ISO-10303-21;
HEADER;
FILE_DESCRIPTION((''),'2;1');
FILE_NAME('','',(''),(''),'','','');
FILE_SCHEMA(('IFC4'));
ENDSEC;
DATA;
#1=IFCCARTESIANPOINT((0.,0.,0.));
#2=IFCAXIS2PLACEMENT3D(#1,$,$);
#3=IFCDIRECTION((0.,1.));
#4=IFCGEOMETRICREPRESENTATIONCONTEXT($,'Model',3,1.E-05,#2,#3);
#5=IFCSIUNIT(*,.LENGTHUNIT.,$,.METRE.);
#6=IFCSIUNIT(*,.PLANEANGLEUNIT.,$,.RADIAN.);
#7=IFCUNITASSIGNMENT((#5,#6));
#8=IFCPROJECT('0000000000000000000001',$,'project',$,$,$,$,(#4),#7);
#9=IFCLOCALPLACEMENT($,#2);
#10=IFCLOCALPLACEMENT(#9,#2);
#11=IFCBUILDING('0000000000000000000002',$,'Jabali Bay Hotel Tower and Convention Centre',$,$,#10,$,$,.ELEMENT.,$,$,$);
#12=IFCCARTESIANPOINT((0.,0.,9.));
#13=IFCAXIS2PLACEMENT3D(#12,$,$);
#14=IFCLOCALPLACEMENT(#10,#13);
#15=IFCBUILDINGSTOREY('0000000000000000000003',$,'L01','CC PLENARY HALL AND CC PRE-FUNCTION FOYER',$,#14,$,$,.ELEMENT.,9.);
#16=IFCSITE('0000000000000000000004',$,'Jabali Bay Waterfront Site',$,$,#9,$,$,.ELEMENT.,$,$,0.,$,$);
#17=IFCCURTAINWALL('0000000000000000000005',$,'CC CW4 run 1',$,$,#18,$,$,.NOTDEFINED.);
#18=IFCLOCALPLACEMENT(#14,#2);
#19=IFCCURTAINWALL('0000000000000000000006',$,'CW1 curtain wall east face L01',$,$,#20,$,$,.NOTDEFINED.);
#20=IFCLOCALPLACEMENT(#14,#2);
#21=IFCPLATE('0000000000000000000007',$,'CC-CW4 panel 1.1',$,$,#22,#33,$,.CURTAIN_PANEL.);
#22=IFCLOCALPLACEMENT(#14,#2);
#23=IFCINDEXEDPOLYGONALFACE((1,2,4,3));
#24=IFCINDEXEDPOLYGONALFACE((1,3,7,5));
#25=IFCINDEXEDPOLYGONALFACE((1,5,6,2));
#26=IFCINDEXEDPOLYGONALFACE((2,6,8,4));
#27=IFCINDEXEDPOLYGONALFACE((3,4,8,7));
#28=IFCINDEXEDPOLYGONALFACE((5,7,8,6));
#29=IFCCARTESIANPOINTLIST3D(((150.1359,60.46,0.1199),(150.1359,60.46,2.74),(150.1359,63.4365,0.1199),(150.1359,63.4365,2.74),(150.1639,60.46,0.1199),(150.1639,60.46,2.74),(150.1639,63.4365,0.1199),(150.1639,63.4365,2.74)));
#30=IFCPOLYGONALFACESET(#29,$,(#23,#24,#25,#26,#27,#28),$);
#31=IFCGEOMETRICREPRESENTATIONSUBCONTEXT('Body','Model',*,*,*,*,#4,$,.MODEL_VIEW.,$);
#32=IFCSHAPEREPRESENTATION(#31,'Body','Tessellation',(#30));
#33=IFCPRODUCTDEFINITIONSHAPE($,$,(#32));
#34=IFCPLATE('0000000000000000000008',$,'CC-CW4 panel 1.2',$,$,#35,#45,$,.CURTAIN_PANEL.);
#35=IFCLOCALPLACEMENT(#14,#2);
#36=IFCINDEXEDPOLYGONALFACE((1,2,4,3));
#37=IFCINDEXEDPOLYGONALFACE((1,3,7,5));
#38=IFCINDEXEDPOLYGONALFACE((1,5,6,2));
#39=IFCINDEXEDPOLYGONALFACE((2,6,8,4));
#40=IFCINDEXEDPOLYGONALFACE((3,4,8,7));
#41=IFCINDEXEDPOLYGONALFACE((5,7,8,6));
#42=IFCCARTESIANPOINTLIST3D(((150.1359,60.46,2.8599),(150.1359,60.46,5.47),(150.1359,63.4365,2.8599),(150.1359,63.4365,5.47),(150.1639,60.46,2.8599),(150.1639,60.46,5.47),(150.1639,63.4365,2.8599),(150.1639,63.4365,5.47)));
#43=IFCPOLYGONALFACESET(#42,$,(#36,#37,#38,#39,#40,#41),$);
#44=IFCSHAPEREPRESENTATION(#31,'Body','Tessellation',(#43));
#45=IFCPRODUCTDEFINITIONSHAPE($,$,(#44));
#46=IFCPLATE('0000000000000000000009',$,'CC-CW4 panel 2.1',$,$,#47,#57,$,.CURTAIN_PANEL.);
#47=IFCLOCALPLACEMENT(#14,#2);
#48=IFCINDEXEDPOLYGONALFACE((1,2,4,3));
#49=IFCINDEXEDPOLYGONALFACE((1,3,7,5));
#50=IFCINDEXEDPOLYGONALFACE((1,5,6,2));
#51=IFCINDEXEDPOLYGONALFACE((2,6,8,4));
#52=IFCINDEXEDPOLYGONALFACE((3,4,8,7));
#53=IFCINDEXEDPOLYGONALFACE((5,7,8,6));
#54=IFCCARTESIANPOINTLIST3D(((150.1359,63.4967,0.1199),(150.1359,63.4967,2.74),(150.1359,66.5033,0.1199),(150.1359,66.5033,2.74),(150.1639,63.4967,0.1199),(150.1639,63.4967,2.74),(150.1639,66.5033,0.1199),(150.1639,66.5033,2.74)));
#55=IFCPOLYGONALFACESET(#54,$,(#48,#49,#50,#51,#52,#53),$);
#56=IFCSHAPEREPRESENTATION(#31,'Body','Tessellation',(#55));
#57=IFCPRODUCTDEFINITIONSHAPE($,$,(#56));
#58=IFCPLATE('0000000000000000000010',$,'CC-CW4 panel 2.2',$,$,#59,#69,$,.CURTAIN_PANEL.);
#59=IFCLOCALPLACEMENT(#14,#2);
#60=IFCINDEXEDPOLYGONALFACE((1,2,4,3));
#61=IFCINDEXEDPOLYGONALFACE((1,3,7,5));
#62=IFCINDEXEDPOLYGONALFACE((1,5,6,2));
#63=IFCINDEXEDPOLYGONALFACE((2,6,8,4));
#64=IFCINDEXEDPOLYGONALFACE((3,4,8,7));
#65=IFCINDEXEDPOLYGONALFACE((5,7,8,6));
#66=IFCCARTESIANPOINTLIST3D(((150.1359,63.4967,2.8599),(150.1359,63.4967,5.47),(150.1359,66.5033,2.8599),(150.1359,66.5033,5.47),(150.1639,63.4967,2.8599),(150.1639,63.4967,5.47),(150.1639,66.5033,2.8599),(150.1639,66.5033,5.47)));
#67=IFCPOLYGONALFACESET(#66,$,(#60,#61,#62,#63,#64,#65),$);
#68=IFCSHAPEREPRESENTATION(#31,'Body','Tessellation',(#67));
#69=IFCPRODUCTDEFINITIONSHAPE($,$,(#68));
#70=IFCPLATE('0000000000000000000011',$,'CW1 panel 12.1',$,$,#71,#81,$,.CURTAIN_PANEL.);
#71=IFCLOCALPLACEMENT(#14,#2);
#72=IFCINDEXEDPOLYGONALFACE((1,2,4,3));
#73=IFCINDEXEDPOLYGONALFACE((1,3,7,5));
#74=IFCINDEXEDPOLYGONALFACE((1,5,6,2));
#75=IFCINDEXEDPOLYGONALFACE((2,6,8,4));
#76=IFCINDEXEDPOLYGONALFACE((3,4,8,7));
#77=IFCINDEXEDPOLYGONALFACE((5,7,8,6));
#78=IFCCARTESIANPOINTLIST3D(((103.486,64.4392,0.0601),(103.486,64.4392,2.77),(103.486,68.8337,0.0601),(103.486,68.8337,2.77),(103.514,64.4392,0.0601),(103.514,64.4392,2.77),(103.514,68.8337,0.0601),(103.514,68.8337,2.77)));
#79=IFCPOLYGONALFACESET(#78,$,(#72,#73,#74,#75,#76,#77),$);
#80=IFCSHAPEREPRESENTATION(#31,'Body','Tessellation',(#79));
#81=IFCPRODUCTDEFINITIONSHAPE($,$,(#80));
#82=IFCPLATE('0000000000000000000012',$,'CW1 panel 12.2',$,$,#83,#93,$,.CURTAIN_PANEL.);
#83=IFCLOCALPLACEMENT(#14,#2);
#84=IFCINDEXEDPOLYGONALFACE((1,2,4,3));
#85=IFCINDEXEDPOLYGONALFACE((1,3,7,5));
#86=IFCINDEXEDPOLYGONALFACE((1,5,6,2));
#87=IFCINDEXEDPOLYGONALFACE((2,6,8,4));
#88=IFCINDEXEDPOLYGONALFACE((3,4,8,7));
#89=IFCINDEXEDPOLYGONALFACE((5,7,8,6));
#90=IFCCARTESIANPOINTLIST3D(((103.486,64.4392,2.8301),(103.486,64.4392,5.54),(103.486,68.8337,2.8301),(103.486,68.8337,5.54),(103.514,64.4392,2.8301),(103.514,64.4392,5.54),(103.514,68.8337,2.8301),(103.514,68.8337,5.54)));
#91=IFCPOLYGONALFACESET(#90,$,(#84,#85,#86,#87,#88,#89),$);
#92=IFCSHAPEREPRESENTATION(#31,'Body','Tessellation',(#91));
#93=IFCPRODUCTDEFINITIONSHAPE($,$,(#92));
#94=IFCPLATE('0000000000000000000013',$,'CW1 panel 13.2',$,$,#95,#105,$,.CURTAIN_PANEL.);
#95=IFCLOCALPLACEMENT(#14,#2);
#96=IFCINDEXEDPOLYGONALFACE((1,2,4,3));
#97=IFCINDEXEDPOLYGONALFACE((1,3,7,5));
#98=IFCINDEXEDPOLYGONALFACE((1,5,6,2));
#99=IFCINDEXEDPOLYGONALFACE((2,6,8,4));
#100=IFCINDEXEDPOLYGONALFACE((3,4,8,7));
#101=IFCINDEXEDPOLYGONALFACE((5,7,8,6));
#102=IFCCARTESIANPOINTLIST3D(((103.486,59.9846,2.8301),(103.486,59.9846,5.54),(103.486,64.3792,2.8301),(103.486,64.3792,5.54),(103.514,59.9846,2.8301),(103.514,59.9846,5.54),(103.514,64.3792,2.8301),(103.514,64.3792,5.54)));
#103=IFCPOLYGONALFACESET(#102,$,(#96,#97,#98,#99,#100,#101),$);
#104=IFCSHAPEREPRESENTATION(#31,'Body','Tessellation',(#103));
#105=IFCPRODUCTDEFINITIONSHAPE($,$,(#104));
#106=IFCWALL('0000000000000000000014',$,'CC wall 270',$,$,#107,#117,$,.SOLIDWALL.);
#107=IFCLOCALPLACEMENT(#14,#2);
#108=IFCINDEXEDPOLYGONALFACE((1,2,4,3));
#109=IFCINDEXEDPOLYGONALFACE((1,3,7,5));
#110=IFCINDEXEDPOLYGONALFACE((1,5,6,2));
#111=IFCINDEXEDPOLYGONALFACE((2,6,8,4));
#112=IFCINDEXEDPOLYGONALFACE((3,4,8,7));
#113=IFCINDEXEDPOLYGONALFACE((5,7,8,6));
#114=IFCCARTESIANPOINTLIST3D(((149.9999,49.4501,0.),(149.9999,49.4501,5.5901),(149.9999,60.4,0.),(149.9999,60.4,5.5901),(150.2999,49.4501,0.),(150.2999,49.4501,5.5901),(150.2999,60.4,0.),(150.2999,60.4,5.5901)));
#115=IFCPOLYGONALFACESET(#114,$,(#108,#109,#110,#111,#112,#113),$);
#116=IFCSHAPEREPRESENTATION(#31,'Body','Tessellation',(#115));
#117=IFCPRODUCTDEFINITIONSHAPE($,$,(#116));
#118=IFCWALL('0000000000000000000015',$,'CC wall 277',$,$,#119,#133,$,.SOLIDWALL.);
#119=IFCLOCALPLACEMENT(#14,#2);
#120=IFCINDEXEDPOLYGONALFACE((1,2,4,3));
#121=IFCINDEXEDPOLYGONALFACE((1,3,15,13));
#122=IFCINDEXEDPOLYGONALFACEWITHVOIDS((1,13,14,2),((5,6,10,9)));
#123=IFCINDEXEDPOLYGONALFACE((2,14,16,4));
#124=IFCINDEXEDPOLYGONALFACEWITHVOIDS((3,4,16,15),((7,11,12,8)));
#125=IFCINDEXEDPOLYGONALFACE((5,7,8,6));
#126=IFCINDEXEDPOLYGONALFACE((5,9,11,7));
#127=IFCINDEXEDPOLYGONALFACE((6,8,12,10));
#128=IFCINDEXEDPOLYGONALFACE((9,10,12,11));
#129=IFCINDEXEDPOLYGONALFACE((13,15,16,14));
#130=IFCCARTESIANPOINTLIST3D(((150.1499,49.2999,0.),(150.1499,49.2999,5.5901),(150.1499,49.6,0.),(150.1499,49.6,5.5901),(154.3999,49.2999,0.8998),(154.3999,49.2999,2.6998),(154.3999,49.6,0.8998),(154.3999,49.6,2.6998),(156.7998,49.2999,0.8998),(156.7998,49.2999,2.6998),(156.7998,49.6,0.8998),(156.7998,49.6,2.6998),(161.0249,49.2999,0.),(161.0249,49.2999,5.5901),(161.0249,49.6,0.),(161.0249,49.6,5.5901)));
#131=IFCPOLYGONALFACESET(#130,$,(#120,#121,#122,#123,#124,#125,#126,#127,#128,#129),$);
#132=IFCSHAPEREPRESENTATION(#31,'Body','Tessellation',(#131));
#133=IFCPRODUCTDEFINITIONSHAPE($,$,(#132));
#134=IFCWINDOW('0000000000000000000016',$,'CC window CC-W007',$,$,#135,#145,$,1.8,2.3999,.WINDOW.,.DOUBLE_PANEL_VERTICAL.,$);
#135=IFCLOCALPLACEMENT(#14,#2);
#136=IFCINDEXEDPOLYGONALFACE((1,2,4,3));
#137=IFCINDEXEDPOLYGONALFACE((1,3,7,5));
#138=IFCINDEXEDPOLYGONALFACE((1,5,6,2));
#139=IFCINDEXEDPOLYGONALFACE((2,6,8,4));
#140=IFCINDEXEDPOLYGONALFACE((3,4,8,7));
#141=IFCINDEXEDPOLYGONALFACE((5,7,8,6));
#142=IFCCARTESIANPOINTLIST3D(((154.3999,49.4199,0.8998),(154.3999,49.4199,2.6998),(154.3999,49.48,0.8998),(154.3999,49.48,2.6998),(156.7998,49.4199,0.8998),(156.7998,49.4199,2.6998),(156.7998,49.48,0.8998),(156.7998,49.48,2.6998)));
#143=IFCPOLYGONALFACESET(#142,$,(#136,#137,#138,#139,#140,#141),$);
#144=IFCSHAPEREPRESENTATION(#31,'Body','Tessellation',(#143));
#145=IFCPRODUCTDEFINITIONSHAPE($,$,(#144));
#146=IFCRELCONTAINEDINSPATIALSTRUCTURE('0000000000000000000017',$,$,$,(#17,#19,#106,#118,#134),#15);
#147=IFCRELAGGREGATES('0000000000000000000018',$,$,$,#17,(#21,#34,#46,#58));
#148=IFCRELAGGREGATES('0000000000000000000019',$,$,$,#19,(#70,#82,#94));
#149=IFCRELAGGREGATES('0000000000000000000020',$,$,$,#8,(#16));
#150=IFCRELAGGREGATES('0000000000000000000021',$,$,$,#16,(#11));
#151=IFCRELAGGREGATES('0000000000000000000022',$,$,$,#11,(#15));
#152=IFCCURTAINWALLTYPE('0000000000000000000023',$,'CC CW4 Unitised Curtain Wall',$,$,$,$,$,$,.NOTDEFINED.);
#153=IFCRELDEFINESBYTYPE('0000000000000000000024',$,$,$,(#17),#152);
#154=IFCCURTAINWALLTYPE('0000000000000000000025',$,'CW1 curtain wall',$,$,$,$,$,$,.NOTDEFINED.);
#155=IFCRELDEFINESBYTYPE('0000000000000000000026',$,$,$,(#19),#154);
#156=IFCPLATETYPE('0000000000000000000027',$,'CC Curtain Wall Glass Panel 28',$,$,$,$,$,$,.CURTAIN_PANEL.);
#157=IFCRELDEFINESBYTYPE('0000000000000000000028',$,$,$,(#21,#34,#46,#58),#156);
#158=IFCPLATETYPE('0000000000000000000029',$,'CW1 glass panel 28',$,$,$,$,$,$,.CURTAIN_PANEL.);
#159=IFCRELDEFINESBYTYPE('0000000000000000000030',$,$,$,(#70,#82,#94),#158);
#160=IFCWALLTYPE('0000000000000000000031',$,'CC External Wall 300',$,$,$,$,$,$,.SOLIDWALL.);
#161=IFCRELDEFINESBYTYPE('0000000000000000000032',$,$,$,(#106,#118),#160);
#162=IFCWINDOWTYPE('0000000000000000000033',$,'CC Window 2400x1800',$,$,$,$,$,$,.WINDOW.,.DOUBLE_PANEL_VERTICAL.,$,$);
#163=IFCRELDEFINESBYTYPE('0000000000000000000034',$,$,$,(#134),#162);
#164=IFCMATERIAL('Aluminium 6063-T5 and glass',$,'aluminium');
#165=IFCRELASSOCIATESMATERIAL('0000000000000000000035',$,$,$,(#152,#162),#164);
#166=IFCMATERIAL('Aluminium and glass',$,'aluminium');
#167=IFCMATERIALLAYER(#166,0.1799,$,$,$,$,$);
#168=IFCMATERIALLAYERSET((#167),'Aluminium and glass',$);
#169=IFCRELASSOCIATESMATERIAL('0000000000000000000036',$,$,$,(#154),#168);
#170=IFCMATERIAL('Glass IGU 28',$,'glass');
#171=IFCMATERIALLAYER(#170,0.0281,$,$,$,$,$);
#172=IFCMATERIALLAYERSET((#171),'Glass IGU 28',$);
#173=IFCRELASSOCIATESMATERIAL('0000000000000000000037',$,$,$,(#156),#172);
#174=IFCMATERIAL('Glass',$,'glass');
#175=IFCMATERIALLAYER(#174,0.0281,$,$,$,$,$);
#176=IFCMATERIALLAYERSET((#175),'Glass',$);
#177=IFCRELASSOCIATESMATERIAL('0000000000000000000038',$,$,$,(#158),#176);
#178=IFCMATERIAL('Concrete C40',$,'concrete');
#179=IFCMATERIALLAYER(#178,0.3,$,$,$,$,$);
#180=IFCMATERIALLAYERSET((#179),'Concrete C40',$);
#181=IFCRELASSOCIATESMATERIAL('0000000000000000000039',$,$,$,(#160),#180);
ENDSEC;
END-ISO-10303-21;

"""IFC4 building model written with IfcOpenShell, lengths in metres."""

from ifc_helpers import new_model, si_unit, direction, frame, frame_2d, origin, origin_2d, place, context, subcontext, project, spatial, rectangle, extrude, material, layer, layer_set, type_object, element, fill, aggregate, save


model = new_model("IFC4")

# Units and contexts
model_context = context("Model", 3, precision=1e-05, world=origin(), true_north=direction((0.0, 1.0)))
body_context = subcontext(model_context, "Body", "Model", "MODEL_VIEW")
ifc_project = project(units=[si_unit("LENGTHUNIT", "METRE"), si_unit("PLANEANGLEUNIT", "RADIAN")], contexts=[model_context])

# Site, building, storey
site_placement = place(None, origin())
site = spatial("IfcSite", under=ifc_project, at=site_placement, Name="Jabali Bay Waterfront Site", CompositionType="ELEMENT", RefElevation=0.0)
building_placement = place(site_placement, origin())
building = spatial("IfcBuilding", under=site, at=building_placement, Name="Jabali Bay Hotel Tower and Convention Centre", CompositionType="ELEMENT")
storey_placement = place(building_placement, frame((0.0, 0.0, 9.0)))
storey = spatial("IfcBuildingStorey", under=building, at=storey_placement, Name="L01", Description="CC PLENARY HALL AND CC PRE-FUNCTION FOYER", CompositionType="ELEMENT", Elevation=9.0)

# Curtain walls
ifc_material_1 = material(Name="Aluminium 6063-T5 and glass", Category="aluminium")
curtain_wall_type_1 = type_object("IfcCurtainWallType", Name="CC CW4 Unitised Curtain Wall", PredefinedType="NOTDEFINED", material=ifc_material_1)
curtain_wall_1_placement = place(storey_placement, origin())
curtain_wall_1 = element("IfcCurtainWall", 1, at=curtain_wall_1_placement, inside=storey, type_object=curtain_wall_type_1, Name="CC CW4 run 1", PredefinedType="NOTDEFINED")
ifc_material_2 = material(Name="Aluminium and glass", Category="aluminium")
ifc_layer_1 = layer(ifc_material_2, 0.1799)
ifc_layer_set_1 = layer_set([ifc_layer_1], Name="Aluminium and glass")
curtain_wall_type_2 = type_object("IfcCurtainWallType", Name="CW1 curtain wall", PredefinedType="NOTDEFINED", material=ifc_layer_set_1)
curtain_wall_2_placement = place(storey_placement, origin())
curtain_wall_2 = element("IfcCurtainWall", 2, at=curtain_wall_2_placement, inside=storey, type_object=curtain_wall_type_2, Name="CW1 curtain wall east face L01", PredefinedType="NOTDEFINED")

# Plates
ifc_material_3 = material(Name="Glass IGU 28", Category="glass")
ifc_layer_2 = layer(ifc_material_3, 0.0281)
ifc_layer_set_2 = layer_set([ifc_layer_2], Name="Glass IGU 28")
plate_type_1 = type_object("IfcPlateType", Name="CC Curtain Wall Glass Panel 28", PredefinedType="CURTAIN_PANEL", material=ifc_layer_set_2)
plate_1_placement = place(storey_placement, frame((150.1499, 61.9482, 0.1199), z_axis=(0.0, 0.0, 1.0), x_axis=(0.0, 1.0, 0.0)))
plate_1 = element("IfcPlate", 3, at=plate_1_placement, type_object=plate_type_1, Name="CC-CW4 panel 1.1", PredefinedType="CURTAIN_PANEL", context=body_context, shape_type="SweptSolid", body=[
    extrude(rectangle(XDim=2.9766, YDim=0.0281, at=origin_2d()), origin(), (0.0, 0.0, 1.0), 2.6201),
])
plate_2_placement = place(storey_placement, frame((150.1499, 61.9482, 2.8599), z_axis=(0.0, 0.0, 1.0), x_axis=(0.0, 1.0, 0.0)))
plate_2 = element("IfcPlate", 4, at=plate_2_placement, type_object=plate_type_1, Name="CC-CW4 panel 1.2", PredefinedType="CURTAIN_PANEL", context=body_context, shape_type="SweptSolid", body=[
    extrude(rectangle(XDim=2.9766, YDim=0.0281, at=origin_2d()), origin(), (0.0, 0.0, 1.0), 2.6101),
])
plate_3_placement = place(storey_placement, frame((150.1499, 65.0, 0.1199), z_axis=(0.0, 0.0, 1.0), x_axis=(0.0, 1.0, 0.0)))
plate_3 = element("IfcPlate", 5, at=plate_3_placement, type_object=plate_type_1, Name="CC-CW4 panel 2.1", PredefinedType="CURTAIN_PANEL", context=body_context, shape_type="SweptSolid", body=[
    extrude(rectangle(XDim=3.0066, YDim=0.0281, at=origin_2d()), origin(), (0.0, 0.0, 1.0), 2.6201),
])
plate_4_placement = place(storey_placement, frame((150.1499, 65.0, 2.8599), z_axis=(0.0, 0.0, 1.0), x_axis=(0.0, 1.0, 0.0)))
plate_4 = element("IfcPlate", 6, at=plate_4_placement, type_object=plate_type_1, Name="CC-CW4 panel 2.2", PredefinedType="CURTAIN_PANEL", context=body_context, shape_type="SweptSolid", body=[
    extrude(rectangle(XDim=3.0066, YDim=0.0281, at=origin_2d()), origin(), (0.0, 0.0, 1.0), 2.6101),
])
aggregate(curtain_wall_1, [plate_1, plate_2, plate_3, plate_4])
ifc_material_4 = material(Name="Glass", Category="glass")
ifc_layer_3 = layer(ifc_material_4, 0.0281)
ifc_layer_set_3 = layer_set([ifc_layer_3], Name="Glass")
plate_type_2 = type_object("IfcPlateType", Name="CW1 glass panel 28", PredefinedType="CURTAIN_PANEL", material=ifc_layer_set_3)
plate_5_placement = place(storey_placement, frame((103.5, 66.6365, 0.0601), z_axis=(0.0, 0.0, 1.0), x_axis=(0.0, -1.0, 0.0)))
plate_5 = element("IfcPlate", 7, at=plate_5_placement, type_object=plate_type_2, Name="CW1 panel 12.1", PredefinedType="CURTAIN_PANEL", context=body_context, shape_type="SweptSolid", body=[
    extrude(rectangle(XDim=4.3945, YDim=0.0281, at=origin_2d()), origin(), (0.0, 0.0, 1.0), 2.71),
])
plate_6_placement = place(storey_placement, frame((103.5, 66.6365, 2.8301), z_axis=(0.0, 0.0, 1.0), x_axis=(0.0, -1.0, 0.0)))
plate_6 = element("IfcPlate", 8, at=plate_6_placement, type_object=plate_type_2, Name="CW1 panel 12.2", PredefinedType="CURTAIN_PANEL", context=body_context, shape_type="SweptSolid", body=[
    extrude(rectangle(XDim=4.3945, YDim=0.0281, at=origin_2d()), origin(), (0.0, 0.0, 1.0), 2.71),
])
plate_7_placement = place(storey_placement, frame((103.5, 62.1819, 2.8301), z_axis=(0.0, 0.0, 1.0), x_axis=(0.0, -1.0, 0.0)))
plate_7 = element("IfcPlate", 9, at=plate_7_placement, type_object=plate_type_2, Name="CW1 panel 13.2", PredefinedType="CURTAIN_PANEL", context=body_context, shape_type="SweptSolid", body=[
    extrude(rectangle(XDim=4.3945, YDim=0.0281, at=origin_2d()), origin(), (0.0, 0.0, 1.0), 2.71),
])
aggregate(curtain_wall_2, [plate_5, plate_6, plate_7])

# Wall
ifc_material_5 = material(Name="Concrete C40", Category="concrete")
ifc_layer_4 = layer(ifc_material_5, 0.3)
ifc_layer_set_4 = layer_set([ifc_layer_4], Name="Concrete C40")
wall_type = type_object("IfcWallType", Name="CC External Wall 300", PredefinedType="SOLIDWALL", material=ifc_layer_set_4)
wall_1_placement = place(storey_placement, frame((150.1499, 49.45, 0.0), z_axis=(0.0, 0.0, 1.0), x_axis=(0.0, 1.0, 0.0)))
element("IfcWall", 10, at=wall_1_placement, inside=storey, type_object=wall_type, Name="CC wall 270", PredefinedType="SOLIDWALL", context=body_context, shape_type="SweptSolid", body=[
    extrude(rectangle(XDim=10.95, YDim=0.3, at=frame_2d((5.4751, 0.0))), origin(), (0.0, 0.0, 1.0), 5.5901),
])

# Wall, opening, window
wall_2_placement = place(storey_placement, frame((150.1499, 49.45, 0.0), z_axis=(0.0, 0.0, 1.0), x_axis=(1.0, 0.0, 0.0)))
wall_2 = element("IfcWall", 11, at=wall_2_placement, inside=storey, type_object=wall_type, Name="CC wall 277", PredefinedType="SOLIDWALL", context=body_context, shape_type="SweptSolid", body=[
    extrude(rectangle(XDim=10.875, YDim=0.3, at=frame_2d((5.4375, 0.0))), origin(), (0.0, 0.0, 1.0), 5.5901),
])
opening_placement = place(wall_2_placement, frame((4.25, 0.0, 0.8999)))
opening = element("IfcOpeningElement", 12, at=opening_placement, cuts=wall_2, PredefinedType="OPENING", context=body_context, shape_type="SweptSolid", body=[
    extrude(rectangle(XDim=2.3999, YDim=1.8, at=frame_2d((1.2, 0.8999))), frame((0.0, 0.1606, 0.0), z_axis=(0.0, -1.0, 0.0), x_axis=(1.0, 0.0, 0.0)), (0.0, 0.0, 1.0), 0.321),
])
window_type = type_object("IfcWindowType", Name="CC Window 2400x1800", PartitioningType="DOUBLE_PANEL_VERTICAL", PredefinedType="WINDOW", material=ifc_material_1)
window_placement = place(opening_placement, origin())
window = element("IfcWindow", 13, at=window_placement, inside=storey, type_object=window_type, Name="CC window CC-W007", OverallHeight=1.8, OverallWidth=2.3999, PartitioningType="DOUBLE_PANEL_VERTICAL", PredefinedType="WINDOW", context=body_context, shape_type="SweptSolid", body=[
    extrude(rectangle(XDim=2.3999, YDim=1.8, at=frame_2d((1.2, 0.8999))), frame((0.0, 0.03, 0.0), z_axis=(0.0, -1.0, 0.0), x_axis=(1.0, 0.0, 0.0)), (0.0, 0.0, 1.0), 0.0601),
])
fill(opening, window)

save(model, "model.ifc")
